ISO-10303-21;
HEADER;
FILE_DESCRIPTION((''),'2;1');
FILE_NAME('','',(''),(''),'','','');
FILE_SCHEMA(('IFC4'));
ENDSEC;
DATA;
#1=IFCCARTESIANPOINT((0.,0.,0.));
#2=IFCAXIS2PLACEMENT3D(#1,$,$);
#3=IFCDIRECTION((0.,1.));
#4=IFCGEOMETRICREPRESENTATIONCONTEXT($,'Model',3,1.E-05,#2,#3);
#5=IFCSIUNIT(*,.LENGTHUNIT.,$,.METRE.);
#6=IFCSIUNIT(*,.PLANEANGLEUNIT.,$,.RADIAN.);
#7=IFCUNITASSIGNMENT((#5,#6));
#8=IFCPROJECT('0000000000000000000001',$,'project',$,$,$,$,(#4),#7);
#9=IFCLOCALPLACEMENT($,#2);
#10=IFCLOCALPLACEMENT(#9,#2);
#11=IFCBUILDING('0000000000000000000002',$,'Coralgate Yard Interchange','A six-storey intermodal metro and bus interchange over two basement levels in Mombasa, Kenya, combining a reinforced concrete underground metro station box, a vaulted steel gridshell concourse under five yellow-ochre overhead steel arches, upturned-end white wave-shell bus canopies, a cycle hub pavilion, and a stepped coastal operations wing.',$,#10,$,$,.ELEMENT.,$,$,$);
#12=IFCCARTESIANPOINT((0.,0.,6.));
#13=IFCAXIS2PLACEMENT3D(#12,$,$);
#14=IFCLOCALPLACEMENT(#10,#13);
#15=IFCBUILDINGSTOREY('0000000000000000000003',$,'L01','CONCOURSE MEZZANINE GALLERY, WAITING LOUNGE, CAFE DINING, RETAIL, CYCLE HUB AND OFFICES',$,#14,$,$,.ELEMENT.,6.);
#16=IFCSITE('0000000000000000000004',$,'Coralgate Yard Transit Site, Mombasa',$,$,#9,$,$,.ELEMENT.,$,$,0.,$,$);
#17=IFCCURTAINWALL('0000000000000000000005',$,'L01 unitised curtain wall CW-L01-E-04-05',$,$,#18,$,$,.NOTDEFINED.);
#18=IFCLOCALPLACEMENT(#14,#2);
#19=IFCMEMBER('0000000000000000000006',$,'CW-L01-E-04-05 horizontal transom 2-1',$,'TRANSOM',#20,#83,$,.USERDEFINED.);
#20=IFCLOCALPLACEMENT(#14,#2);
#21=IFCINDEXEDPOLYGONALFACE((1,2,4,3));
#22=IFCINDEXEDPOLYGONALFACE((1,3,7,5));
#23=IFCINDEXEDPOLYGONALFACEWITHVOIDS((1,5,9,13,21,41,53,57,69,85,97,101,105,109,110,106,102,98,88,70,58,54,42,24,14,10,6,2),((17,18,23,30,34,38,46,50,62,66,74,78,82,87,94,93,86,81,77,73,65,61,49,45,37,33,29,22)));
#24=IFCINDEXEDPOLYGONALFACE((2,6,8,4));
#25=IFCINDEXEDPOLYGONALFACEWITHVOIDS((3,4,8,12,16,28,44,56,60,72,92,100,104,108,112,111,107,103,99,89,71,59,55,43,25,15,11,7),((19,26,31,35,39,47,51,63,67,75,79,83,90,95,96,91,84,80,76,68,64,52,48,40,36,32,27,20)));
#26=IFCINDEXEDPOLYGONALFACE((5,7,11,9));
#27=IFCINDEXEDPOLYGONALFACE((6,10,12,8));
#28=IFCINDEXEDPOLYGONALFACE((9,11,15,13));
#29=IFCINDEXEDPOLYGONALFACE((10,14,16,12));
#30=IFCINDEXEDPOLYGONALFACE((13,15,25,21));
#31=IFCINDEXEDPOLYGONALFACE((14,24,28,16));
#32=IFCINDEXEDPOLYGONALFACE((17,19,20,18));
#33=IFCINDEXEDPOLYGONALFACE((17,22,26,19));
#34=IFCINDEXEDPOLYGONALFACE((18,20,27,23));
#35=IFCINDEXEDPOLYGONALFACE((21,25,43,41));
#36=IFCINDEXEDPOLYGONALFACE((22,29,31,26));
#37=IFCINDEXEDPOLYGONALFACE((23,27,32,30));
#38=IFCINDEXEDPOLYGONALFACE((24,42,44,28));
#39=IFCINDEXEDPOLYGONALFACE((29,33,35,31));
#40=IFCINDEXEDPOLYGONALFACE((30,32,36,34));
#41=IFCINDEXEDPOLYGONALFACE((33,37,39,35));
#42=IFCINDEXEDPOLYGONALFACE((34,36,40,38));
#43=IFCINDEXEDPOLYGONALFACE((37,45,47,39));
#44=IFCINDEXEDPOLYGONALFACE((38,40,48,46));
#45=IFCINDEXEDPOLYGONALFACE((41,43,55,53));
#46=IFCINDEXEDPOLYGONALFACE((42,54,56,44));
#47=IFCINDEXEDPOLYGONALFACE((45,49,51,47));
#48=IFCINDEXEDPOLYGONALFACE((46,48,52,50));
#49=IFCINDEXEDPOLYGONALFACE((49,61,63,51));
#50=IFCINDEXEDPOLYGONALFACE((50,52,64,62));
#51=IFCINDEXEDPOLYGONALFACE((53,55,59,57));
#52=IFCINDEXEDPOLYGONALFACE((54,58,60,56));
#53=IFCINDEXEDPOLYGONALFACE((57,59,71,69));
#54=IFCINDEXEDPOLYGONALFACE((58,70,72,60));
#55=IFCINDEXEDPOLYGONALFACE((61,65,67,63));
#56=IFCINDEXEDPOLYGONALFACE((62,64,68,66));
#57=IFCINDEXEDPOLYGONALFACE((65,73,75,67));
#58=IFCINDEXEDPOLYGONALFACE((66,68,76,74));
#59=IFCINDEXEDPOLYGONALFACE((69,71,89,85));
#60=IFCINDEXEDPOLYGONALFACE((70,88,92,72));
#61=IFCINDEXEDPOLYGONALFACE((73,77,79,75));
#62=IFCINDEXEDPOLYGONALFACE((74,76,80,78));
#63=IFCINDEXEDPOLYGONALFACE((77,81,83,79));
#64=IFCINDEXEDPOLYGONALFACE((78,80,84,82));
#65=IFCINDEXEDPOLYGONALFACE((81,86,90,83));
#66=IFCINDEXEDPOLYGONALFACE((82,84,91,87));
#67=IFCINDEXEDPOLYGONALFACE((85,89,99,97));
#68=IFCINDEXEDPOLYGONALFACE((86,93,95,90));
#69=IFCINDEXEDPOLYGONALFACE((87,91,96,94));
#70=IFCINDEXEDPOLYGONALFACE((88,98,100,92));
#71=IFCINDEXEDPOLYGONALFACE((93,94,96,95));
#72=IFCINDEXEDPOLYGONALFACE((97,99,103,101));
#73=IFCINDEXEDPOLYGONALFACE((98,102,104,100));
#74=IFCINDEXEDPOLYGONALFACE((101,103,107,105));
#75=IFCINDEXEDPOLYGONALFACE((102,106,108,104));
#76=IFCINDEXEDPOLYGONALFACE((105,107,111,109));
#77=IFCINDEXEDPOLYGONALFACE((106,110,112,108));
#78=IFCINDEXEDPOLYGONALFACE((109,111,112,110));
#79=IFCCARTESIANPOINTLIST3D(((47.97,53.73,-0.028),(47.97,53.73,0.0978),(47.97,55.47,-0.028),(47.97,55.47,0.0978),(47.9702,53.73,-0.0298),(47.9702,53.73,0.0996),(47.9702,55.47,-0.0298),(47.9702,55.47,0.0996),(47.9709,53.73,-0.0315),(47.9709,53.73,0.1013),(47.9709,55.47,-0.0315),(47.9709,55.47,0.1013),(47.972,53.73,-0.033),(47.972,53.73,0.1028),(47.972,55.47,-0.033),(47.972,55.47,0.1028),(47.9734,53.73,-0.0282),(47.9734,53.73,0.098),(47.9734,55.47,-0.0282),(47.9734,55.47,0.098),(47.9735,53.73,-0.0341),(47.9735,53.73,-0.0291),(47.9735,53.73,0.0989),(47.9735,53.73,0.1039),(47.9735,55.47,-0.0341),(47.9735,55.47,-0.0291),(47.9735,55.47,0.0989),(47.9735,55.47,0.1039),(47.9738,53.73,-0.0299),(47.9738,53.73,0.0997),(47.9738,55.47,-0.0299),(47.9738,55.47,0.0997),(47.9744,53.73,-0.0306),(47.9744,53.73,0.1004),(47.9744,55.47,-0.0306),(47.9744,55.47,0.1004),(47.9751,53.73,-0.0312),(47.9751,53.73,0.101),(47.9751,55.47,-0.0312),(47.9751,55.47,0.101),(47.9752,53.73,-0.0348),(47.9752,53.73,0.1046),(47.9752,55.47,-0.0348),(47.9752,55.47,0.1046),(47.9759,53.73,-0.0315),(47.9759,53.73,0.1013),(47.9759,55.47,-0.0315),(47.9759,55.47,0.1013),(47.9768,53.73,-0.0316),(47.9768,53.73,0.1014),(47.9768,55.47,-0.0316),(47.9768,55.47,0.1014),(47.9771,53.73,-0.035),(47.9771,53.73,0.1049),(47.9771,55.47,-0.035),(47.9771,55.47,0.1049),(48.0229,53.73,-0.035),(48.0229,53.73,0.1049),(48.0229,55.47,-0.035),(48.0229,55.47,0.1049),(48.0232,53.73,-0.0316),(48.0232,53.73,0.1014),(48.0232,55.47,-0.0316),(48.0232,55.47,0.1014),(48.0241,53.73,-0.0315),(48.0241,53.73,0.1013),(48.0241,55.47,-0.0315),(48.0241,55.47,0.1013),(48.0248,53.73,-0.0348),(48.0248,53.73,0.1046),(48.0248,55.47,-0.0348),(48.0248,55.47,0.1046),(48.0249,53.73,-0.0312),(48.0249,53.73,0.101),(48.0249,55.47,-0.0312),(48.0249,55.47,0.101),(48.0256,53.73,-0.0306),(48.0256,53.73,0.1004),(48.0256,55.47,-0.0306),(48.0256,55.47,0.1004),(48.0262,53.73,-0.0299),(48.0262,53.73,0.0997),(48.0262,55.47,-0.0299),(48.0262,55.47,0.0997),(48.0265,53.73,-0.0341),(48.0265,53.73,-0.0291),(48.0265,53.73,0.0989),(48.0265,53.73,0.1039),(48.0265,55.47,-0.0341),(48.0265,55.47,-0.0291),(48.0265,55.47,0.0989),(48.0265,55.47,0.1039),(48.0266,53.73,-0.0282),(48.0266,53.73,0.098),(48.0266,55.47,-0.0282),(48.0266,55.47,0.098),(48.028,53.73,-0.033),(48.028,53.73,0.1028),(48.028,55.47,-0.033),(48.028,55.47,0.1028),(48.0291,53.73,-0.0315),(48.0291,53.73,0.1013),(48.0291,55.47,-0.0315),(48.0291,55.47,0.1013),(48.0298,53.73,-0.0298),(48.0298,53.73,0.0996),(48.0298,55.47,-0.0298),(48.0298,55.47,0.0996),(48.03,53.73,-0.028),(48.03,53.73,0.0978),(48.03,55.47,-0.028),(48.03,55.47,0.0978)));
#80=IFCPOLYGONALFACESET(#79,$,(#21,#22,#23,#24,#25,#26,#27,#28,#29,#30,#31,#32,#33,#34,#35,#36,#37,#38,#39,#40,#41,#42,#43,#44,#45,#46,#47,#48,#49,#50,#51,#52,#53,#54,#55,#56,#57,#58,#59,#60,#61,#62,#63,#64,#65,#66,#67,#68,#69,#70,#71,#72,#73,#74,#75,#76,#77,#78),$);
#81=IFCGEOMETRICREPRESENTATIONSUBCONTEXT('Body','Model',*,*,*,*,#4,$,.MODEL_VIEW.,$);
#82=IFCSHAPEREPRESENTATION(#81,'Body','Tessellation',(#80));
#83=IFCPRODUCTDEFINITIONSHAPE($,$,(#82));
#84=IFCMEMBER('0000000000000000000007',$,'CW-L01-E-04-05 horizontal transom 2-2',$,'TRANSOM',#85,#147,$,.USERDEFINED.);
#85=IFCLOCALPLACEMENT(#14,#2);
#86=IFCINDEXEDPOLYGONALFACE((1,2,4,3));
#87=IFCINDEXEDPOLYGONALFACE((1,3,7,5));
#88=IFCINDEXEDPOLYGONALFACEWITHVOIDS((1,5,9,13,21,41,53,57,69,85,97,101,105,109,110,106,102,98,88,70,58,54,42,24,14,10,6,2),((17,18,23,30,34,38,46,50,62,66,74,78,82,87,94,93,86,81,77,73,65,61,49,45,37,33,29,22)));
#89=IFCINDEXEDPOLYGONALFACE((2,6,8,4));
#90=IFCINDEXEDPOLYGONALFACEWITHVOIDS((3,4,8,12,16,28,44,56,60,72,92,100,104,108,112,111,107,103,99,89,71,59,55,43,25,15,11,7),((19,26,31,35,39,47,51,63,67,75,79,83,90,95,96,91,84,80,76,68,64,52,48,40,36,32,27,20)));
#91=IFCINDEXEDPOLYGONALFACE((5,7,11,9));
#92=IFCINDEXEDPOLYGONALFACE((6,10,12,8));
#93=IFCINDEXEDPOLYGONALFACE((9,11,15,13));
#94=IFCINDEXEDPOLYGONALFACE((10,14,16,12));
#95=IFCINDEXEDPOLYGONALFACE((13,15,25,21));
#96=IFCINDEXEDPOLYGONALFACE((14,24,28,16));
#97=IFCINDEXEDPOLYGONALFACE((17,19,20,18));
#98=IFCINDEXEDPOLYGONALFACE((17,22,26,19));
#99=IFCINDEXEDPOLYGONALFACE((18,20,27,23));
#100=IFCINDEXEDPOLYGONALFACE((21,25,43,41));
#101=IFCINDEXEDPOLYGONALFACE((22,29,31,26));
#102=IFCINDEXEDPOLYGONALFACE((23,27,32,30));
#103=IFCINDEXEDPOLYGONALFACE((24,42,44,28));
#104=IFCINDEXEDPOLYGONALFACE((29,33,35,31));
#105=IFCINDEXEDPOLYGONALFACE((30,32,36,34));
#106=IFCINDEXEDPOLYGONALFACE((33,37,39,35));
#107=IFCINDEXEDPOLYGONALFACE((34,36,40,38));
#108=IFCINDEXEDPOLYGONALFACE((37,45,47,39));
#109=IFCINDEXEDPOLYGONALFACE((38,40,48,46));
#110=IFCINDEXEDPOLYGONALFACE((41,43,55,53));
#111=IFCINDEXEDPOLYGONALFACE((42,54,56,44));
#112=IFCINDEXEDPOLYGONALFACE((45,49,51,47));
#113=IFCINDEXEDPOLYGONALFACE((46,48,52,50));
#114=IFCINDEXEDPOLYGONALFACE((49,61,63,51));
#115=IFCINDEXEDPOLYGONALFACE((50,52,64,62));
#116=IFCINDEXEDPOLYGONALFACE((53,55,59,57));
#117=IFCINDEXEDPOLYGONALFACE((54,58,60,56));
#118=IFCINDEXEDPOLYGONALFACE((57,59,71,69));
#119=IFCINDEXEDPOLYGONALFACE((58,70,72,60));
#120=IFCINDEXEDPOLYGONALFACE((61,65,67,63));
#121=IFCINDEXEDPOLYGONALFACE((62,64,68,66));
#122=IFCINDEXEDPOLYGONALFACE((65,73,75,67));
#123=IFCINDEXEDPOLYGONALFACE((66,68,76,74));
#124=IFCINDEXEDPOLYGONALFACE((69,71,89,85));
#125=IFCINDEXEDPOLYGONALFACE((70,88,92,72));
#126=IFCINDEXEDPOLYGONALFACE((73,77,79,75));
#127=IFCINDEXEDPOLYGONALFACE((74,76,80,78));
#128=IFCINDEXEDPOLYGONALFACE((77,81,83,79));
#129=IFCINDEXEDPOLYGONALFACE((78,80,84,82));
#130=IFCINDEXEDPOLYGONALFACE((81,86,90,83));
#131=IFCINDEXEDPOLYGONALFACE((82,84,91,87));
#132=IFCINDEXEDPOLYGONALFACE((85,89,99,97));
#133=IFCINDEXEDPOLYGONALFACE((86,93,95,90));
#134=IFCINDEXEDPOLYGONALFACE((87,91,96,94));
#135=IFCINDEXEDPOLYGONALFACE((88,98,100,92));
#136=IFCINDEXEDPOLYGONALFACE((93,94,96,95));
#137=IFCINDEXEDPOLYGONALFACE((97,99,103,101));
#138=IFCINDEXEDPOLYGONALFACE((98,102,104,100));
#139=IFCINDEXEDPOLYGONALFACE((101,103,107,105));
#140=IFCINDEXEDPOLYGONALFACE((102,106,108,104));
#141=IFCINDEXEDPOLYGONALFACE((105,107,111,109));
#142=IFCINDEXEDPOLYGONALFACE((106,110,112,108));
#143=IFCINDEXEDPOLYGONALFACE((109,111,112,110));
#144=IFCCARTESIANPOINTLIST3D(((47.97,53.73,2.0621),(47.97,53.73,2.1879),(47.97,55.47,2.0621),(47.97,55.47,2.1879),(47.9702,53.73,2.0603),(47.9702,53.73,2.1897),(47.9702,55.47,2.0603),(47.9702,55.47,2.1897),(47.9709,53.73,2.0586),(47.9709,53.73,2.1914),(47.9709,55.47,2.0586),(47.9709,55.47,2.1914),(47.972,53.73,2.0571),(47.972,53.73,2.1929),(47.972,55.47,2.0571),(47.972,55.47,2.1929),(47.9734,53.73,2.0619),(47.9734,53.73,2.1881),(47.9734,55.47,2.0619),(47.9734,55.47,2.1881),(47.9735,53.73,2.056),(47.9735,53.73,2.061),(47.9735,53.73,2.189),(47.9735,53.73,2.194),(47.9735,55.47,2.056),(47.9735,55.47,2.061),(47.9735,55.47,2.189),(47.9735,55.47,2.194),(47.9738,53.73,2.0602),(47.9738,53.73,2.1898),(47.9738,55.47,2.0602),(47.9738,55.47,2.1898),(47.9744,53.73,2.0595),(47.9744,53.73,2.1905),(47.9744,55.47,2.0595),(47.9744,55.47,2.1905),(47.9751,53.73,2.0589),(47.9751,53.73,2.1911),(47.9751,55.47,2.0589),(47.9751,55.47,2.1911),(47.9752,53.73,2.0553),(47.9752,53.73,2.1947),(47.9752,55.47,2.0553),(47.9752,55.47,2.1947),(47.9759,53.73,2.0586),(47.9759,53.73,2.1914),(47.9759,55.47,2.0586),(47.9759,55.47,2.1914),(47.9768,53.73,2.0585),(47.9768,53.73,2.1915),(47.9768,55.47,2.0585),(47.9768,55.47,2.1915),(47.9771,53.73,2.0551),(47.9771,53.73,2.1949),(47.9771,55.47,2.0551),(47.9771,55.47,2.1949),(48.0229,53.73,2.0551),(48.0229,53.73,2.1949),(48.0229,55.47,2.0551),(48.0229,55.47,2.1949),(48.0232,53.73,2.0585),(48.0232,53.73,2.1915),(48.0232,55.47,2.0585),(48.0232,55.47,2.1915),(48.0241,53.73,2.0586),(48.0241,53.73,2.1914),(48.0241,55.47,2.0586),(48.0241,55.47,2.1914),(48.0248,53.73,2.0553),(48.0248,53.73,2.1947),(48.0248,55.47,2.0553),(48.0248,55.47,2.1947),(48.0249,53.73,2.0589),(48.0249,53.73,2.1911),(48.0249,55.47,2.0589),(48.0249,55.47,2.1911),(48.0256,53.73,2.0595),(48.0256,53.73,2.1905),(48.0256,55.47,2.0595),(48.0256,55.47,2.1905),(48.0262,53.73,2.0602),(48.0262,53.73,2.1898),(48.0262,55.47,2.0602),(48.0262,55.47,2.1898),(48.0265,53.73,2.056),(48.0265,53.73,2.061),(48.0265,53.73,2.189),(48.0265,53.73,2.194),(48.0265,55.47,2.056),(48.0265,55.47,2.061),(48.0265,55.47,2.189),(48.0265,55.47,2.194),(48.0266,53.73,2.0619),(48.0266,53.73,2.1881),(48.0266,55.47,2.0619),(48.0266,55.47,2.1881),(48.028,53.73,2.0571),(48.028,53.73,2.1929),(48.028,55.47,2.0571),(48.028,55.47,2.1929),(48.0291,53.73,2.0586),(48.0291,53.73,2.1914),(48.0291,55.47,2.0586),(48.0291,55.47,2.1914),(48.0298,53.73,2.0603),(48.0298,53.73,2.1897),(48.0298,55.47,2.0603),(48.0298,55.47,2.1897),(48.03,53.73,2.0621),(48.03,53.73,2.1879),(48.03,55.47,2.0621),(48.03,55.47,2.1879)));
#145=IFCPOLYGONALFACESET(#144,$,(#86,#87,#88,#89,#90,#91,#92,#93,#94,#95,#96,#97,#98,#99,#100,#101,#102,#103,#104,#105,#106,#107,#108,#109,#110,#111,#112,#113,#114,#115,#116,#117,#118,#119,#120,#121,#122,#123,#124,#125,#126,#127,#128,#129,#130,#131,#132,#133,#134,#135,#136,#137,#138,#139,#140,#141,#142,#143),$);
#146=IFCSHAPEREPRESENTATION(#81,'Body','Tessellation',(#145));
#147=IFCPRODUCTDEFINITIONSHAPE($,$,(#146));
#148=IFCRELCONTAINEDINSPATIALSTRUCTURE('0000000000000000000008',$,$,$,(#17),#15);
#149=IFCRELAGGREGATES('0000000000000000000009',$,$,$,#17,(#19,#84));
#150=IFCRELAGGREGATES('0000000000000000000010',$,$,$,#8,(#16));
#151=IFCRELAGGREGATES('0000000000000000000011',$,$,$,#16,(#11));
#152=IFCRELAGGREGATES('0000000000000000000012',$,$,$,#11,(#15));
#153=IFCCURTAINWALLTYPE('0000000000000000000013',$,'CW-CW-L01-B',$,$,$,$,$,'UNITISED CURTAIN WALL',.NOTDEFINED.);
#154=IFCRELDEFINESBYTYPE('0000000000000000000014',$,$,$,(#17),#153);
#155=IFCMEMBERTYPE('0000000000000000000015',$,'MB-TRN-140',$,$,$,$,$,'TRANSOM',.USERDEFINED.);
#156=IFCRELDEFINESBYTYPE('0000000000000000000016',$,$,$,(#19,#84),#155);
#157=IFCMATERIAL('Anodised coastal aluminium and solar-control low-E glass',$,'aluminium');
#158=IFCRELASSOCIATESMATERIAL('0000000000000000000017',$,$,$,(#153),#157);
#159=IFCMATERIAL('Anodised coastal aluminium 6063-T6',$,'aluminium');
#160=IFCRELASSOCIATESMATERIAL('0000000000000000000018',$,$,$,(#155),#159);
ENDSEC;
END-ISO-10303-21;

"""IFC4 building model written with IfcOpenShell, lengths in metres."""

from ifc_helpers import new_model, si_unit, direction, frame, origin, origin_2d, place, context, subcontext, project, spatial, hollow_rectangle, extrude, material, material_profile, profile_set, type_object, element, aggregate, save


model = new_model("IFC4")

# Units and contexts
model_context = context("Model", 3, precision=1e-05, world=origin(), true_north=direction((0.0, 1.0)))
body_context = subcontext(model_context, "Body", "Model", "MODEL_VIEW")
ifc_project = project(units=[si_unit("LENGTHUNIT", "METRE"), si_unit("PLANEANGLEUNIT", "RADIAN")], contexts=[model_context])

# Site, building, storey
site_placement = place(None, origin())
site = spatial("IfcSite", under=ifc_project, at=site_placement, Name="Coralgate Yard Transit Site, Mombasa", CompositionType="ELEMENT", RefElevation=0.0)
building_placement = place(site_placement, origin())
building = spatial("IfcBuilding", under=site, at=building_placement, Name="Coralgate Yard Interchange", Description="A six-storey intermodal metro and bus interchange over two basement levels in Mombasa, Kenya, combining a reinforced concrete underground metro station box, a vaulted steel gridshell concourse under five yellow-ochre overhead steel arches, upturned-end white wave-shell bus canopies, a cycle hub pavilion, and a stepped coastal operations wing.", CompositionType="ELEMENT")
storey_placement = place(building_placement, frame((0.0, 0.0, 6.0)))
storey = spatial("IfcBuildingStorey", under=building, at=storey_placement, Name="L01", Description="CONCOURSE MEZZANINE GALLERY, WAITING LOUNGE, CAFE DINING, RETAIL, CYCLE HUB AND OFFICES", CompositionType="ELEMENT", Elevation=6.0)

# Curtain wall, members
ifc_material_1 = material(Name="Anodised coastal aluminium and solar-control low-E glass", Category="aluminium")
curtain_wall_type = type_object("IfcCurtainWallType", Name="CW-CW-L01-B", ElementType="UNITISED CURTAIN WALL", PredefinedType="NOTDEFINED", material=ifc_material_1)
curtain_wall_placement = place(storey_placement, origin())
curtain_wall = element("IfcCurtainWall", 1, at=curtain_wall_placement, inside=storey, type_object=curtain_wall_type, Name="L01 unitised curtain wall CW-L01-E-04-05", PredefinedType="NOTDEFINED")
ifc_material_2 = material(Name="Anodised coastal aluminium 6063-T6", Category="aluminium")
ifc_material_profile_1 = material_profile(ifc_material_2, hollow_rectangle(XDim=0.0601, YDim=0.1399, WallThickness=0.0034, InnerFilletRadius=0.0034, OuterFilletRadius=0.0071, at=origin_2d()), Name="ALU 60x140x3.5")
ifc_profile_set_1 = profile_set([ifc_material_profile_1], Name="Anodised coastal aluminium 6063-T6")
member_type_1 = type_object("IfcMemberType", Name="MB-TRN-140", ElementType="TRANSOM", PredefinedType="USERDEFINED", material=ifc_profile_set_1)
member_1_placement = place(storey_placement, frame((48.0, 55.47, 0.0349), z_axis=(0.0, -1.0, 0.0), x_axis=(1.0, 0.0, 0.0)))
member_1 = element("IfcMember", 2, at=member_1_placement, type_object=member_type_1, Name="CW-L01-E-04-05 horizontal transom 2-1", ObjectType="TRANSOM", PredefinedType="USERDEFINED", context=body_context, shape_type="SweptSolid", body=[
    extrude(hollow_rectangle(XDim=0.0601, YDim=0.1399, WallThickness=0.0034, InnerFilletRadius=0.0034, OuterFilletRadius=0.0071, at=origin_2d()), origin(), (0.0, 0.0, 1.0), 1.74),
])
member_2_placement = place(storey_placement, frame((48.0, 55.47, 2.125), z_axis=(0.0, -1.0, 0.0), x_axis=(1.0, 0.0, 0.0)))
member_2 = element("IfcMember", 3, at=member_2_placement, type_object=member_type_1, Name="CW-L01-E-04-05 horizontal transom 2-2", ObjectType="TRANSOM", PredefinedType="USERDEFINED", context=body_context, shape_type="SweptSolid", body=[
    extrude(hollow_rectangle(XDim=0.0601, YDim=0.1399, WallThickness=0.0034, InnerFilletRadius=0.0034, OuterFilletRadius=0.0071, at=origin_2d()), origin(), (0.0, 0.0, 1.0), 1.74),
])
aggregate(curtain_wall, [member_1, member_2])

save(model, "model.ifc")
